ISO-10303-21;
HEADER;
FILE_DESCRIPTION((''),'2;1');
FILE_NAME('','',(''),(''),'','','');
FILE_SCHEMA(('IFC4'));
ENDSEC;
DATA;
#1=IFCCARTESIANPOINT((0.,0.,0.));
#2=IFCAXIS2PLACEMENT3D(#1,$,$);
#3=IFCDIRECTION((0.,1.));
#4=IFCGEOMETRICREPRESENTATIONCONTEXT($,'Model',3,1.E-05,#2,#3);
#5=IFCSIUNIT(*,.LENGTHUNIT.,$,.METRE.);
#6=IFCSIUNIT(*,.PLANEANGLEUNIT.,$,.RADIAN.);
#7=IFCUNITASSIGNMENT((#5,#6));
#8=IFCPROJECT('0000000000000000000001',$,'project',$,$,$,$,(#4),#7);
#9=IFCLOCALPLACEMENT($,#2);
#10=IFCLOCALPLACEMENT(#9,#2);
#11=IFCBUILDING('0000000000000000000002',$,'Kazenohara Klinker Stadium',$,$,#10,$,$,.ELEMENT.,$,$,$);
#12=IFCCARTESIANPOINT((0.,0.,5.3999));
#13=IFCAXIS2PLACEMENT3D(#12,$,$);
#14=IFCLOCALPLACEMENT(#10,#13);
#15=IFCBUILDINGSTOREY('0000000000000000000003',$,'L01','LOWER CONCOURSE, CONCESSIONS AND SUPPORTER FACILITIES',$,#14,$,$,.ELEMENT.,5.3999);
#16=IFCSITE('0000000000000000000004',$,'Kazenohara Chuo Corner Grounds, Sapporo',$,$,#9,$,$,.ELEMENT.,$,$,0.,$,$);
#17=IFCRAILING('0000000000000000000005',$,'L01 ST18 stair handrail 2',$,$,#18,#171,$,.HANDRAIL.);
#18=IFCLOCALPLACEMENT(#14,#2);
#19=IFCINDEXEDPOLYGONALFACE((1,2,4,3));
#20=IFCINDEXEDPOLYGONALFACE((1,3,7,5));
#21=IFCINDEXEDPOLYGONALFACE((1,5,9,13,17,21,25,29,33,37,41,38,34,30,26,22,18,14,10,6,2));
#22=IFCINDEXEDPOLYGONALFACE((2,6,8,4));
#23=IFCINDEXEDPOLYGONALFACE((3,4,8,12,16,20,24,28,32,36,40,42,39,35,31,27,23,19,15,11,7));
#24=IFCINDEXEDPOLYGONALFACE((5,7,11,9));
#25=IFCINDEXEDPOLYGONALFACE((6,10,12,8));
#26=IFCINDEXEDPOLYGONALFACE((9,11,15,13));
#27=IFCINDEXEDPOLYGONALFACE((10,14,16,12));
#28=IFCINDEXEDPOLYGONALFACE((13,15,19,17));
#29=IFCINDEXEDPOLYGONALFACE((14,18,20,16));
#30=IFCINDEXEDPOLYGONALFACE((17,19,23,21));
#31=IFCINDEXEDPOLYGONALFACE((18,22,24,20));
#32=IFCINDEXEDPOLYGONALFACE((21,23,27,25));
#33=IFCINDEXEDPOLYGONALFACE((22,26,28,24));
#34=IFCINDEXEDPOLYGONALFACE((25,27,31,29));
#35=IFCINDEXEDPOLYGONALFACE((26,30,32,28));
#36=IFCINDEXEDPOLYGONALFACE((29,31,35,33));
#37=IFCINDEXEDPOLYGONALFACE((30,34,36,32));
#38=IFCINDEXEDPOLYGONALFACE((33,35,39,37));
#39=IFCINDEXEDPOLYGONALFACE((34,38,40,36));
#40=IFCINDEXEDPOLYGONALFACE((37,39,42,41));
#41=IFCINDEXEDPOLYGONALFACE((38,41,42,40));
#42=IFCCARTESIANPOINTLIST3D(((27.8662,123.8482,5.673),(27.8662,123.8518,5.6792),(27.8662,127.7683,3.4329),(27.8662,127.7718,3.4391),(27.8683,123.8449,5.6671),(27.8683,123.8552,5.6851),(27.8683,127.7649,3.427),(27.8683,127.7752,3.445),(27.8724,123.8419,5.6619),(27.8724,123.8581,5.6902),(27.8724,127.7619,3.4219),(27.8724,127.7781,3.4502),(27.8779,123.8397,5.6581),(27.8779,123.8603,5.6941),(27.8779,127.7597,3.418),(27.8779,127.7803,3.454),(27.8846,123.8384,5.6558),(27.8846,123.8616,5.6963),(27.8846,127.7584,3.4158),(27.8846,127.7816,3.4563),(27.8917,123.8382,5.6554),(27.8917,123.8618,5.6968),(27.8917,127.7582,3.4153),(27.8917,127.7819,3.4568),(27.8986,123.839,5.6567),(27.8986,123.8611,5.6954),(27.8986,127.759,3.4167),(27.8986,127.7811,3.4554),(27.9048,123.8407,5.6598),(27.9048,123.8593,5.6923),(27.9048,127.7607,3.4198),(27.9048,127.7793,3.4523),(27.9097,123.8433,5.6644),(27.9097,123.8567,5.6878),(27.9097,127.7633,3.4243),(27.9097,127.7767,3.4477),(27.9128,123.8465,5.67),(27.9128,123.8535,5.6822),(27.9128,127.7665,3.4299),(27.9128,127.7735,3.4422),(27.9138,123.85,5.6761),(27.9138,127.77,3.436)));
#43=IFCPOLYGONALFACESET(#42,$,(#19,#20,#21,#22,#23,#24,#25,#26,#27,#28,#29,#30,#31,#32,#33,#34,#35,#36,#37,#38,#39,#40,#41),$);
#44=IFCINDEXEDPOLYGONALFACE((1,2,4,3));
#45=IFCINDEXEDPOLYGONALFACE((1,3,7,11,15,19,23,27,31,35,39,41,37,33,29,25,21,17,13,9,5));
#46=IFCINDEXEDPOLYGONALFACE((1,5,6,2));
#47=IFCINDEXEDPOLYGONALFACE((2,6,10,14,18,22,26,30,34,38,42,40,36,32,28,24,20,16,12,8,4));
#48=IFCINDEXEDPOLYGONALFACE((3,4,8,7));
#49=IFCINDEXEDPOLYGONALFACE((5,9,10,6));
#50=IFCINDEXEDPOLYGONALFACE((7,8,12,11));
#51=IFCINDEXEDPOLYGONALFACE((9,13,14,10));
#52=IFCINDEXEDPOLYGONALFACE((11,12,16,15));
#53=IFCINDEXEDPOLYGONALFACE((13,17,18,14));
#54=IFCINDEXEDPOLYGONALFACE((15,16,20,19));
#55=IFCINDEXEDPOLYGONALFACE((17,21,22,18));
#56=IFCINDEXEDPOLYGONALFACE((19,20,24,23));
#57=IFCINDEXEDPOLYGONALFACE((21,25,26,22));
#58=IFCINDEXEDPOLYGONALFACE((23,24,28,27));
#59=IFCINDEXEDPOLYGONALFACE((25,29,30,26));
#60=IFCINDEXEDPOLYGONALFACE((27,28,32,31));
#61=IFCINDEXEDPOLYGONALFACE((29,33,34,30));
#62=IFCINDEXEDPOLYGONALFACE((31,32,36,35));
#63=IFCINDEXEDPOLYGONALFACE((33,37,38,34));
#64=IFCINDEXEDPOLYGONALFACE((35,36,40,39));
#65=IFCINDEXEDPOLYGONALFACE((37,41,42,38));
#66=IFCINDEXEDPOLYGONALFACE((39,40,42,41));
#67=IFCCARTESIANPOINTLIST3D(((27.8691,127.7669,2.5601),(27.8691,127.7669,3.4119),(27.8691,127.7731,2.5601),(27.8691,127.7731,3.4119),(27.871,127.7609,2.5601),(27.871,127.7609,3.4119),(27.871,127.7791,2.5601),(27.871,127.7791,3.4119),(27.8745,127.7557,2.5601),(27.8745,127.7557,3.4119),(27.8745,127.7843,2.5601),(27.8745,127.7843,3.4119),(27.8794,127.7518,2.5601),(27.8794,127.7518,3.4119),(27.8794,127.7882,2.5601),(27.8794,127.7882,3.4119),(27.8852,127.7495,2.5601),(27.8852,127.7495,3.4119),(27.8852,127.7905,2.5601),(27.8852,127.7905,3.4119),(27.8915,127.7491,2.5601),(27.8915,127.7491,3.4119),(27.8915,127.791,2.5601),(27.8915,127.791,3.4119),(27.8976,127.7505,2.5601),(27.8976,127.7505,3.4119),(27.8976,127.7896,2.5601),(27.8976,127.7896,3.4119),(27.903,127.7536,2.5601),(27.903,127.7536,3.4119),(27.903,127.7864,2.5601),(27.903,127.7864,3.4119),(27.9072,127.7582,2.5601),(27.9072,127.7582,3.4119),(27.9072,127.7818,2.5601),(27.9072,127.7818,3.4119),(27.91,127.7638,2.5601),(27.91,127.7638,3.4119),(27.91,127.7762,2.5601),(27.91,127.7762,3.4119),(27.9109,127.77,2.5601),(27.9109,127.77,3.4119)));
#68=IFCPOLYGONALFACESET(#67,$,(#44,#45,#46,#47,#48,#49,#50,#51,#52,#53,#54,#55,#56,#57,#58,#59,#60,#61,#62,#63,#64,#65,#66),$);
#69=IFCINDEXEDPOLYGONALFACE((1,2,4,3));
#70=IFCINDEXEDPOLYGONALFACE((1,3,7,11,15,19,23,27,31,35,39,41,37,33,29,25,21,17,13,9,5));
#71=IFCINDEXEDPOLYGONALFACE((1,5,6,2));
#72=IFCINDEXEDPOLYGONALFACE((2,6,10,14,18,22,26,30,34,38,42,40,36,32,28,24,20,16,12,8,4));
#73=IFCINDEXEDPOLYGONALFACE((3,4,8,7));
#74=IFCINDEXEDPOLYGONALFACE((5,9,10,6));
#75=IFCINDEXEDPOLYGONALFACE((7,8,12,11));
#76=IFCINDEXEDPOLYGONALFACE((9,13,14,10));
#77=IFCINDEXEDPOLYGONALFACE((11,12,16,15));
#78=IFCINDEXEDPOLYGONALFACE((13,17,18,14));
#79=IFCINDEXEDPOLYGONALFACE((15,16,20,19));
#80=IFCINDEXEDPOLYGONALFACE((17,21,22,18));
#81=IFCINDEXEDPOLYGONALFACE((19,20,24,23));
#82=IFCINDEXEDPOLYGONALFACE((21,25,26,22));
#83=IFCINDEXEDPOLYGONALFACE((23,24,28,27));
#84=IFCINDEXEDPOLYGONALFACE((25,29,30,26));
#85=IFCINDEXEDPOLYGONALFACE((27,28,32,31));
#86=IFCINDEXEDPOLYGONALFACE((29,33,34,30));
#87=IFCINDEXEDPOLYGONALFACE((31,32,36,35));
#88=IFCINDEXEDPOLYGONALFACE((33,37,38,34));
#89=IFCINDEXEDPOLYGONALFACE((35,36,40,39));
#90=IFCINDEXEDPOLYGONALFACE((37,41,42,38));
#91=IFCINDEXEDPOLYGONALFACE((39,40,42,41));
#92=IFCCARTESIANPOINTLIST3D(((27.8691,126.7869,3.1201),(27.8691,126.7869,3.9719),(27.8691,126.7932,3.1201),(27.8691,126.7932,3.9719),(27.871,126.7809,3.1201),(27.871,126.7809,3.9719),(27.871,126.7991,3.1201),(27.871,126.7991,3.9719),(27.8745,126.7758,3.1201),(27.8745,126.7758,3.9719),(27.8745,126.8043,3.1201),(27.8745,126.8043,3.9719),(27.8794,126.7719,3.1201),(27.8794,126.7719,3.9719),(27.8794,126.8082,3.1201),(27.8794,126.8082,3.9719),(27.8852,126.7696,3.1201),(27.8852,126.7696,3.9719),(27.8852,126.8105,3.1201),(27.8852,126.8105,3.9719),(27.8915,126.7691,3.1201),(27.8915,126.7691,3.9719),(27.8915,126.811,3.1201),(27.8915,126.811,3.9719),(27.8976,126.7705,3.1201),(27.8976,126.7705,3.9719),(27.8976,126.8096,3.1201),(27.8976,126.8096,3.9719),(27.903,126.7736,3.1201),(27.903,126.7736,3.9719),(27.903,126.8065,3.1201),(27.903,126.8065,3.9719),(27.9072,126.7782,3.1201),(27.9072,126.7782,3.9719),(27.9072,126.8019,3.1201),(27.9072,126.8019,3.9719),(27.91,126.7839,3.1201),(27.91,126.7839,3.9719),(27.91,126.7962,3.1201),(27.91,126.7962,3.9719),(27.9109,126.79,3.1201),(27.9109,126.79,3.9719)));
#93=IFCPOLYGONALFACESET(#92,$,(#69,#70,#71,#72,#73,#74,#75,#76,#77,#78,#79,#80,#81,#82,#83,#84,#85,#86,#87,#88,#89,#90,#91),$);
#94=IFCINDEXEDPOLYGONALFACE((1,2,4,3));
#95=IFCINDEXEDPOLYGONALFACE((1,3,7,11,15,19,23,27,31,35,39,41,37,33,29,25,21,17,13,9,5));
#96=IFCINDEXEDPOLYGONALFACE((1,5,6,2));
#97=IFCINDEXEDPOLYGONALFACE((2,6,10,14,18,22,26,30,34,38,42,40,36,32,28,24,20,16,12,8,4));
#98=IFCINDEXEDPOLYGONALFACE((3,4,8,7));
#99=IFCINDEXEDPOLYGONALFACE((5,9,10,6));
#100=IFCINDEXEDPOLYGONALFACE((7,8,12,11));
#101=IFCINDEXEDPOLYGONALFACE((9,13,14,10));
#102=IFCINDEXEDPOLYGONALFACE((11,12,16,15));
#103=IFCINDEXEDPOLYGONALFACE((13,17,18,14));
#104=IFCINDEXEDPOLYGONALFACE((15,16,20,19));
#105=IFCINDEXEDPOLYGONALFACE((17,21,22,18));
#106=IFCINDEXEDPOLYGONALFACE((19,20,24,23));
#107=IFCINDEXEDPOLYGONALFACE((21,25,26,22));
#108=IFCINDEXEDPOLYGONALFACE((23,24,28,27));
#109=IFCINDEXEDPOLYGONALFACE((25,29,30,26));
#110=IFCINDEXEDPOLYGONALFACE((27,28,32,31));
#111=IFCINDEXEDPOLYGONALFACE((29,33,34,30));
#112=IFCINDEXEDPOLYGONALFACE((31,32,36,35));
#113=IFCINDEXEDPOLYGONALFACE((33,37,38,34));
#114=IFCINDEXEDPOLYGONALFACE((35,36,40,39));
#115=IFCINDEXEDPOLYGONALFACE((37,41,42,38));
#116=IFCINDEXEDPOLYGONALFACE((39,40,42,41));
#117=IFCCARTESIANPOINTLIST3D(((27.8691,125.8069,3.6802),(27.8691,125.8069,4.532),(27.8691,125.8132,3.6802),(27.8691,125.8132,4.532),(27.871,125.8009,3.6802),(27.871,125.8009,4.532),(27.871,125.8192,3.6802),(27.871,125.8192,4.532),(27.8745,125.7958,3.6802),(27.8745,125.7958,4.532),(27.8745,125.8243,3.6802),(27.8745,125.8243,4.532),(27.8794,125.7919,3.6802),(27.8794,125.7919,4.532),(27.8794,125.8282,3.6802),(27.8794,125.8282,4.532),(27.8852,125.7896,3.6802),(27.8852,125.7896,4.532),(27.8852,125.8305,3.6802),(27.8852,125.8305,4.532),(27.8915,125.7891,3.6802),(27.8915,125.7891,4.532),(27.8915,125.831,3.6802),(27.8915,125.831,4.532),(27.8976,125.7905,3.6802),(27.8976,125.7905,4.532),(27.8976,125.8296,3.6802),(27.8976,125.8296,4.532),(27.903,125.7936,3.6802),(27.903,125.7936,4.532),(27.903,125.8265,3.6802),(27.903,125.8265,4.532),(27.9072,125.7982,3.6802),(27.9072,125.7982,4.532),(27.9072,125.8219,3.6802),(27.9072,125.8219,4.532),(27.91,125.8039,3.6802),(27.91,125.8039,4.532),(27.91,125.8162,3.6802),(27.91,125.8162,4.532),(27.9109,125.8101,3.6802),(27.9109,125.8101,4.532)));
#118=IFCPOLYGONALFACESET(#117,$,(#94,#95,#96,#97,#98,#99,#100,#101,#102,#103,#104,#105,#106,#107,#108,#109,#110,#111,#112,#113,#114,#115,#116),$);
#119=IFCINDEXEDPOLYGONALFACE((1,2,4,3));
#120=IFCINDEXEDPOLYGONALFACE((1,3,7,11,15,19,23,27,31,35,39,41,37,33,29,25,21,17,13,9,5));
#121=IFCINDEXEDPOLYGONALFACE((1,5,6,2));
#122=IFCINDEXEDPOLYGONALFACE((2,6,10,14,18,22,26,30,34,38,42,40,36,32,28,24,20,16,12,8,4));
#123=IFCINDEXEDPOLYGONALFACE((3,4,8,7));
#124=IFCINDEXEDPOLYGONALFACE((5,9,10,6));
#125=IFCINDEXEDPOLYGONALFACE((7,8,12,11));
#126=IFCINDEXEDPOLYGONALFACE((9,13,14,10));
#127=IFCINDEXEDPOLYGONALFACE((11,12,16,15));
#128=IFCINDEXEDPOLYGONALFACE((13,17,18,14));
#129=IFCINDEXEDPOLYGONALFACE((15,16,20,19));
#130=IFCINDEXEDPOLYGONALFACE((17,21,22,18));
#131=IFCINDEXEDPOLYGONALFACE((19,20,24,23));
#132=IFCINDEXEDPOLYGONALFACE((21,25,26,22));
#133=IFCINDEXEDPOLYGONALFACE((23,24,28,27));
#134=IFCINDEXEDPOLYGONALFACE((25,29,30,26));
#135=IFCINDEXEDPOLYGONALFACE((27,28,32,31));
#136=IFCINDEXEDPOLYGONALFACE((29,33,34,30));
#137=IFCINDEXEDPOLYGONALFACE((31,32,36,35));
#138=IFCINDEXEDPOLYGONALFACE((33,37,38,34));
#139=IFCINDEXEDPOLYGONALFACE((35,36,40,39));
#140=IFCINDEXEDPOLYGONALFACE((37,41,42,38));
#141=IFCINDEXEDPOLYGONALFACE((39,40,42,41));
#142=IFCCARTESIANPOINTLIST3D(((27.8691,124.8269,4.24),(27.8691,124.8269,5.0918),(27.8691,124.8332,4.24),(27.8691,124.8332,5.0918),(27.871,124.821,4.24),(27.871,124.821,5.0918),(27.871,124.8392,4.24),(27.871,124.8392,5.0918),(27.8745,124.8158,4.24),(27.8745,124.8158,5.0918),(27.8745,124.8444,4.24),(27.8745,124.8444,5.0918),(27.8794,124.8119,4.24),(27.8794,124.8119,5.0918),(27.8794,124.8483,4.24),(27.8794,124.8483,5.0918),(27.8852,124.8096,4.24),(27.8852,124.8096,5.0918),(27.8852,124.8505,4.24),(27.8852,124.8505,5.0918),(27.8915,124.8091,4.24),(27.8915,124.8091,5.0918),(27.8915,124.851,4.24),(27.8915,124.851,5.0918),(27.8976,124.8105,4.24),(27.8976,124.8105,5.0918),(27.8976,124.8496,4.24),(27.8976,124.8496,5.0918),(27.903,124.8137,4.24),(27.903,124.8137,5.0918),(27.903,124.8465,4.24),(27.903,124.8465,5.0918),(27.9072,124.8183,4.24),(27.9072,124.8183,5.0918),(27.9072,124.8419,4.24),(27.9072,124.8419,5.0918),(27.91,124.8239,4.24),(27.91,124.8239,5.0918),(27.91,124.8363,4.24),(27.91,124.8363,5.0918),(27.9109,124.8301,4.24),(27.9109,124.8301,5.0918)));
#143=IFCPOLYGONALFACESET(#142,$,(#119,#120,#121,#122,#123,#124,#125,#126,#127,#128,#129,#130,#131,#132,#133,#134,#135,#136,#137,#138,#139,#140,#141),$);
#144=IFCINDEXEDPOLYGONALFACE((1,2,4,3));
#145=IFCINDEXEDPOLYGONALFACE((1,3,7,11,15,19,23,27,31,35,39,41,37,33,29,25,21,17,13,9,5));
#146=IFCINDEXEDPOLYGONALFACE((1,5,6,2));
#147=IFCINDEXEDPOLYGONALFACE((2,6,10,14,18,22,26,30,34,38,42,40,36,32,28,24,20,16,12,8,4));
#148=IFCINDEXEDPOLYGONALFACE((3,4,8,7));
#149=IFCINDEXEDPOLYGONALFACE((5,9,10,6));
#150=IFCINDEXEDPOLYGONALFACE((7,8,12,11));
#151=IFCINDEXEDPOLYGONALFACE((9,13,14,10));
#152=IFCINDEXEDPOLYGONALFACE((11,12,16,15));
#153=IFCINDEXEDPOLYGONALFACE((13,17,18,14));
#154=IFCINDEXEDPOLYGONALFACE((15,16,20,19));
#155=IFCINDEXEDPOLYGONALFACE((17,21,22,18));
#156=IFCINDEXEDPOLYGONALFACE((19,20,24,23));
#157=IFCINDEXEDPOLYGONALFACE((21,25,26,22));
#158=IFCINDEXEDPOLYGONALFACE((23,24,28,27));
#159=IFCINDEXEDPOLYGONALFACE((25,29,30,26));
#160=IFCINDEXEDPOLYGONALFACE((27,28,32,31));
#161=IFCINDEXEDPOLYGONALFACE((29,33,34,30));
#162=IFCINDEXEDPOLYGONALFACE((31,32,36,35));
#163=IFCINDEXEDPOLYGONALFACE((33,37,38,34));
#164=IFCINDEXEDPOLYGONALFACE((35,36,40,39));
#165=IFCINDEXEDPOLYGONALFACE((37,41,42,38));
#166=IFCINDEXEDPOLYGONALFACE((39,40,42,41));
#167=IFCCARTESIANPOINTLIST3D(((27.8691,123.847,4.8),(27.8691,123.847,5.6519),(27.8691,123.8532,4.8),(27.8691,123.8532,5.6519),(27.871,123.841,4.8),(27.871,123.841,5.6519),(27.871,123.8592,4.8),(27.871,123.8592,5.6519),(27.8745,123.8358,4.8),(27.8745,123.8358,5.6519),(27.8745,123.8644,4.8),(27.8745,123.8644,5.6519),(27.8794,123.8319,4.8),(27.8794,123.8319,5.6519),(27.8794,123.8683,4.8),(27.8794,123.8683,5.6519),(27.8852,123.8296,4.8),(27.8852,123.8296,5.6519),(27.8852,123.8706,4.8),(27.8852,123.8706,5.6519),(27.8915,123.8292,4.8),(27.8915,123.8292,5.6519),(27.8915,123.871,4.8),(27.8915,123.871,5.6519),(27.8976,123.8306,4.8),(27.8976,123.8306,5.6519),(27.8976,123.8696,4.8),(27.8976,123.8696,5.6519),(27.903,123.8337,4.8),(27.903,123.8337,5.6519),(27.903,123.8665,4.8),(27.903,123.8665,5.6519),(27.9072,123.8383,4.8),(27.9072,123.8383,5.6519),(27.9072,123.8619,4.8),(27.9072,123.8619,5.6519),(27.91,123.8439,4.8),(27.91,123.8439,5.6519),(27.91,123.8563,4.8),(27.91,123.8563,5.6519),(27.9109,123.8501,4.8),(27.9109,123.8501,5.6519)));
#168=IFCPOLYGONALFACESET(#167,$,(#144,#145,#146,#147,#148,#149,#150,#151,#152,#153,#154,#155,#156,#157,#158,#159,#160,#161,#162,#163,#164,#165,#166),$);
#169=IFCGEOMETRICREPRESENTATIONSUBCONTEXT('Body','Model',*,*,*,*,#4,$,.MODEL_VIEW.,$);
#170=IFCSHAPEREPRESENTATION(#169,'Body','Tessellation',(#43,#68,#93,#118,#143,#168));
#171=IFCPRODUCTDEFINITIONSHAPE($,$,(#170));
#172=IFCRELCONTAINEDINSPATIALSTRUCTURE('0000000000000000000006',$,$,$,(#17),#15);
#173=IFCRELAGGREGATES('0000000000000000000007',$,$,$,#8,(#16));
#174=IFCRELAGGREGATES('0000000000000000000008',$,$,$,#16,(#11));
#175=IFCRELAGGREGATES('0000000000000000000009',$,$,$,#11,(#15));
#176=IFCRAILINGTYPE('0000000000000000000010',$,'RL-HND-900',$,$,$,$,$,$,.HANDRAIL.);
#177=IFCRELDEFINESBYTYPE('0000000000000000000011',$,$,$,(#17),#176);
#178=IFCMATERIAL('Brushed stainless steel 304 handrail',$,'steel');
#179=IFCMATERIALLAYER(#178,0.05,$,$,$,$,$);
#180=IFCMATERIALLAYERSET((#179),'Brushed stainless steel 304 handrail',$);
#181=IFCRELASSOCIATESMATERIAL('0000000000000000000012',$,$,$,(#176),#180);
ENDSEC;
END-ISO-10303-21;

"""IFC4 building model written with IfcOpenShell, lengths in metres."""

from ifc_helpers import new_model, si_unit, direction, frame, origin, origin_2d, place, context, subcontext, project, spatial, circle, extrude, material, layer, layer_set, type_object, element, save


model = new_model("IFC4")

# Units and contexts
model_context = context("Model", 3, precision=1e-05, world=origin(), true_north=direction((0.0, 1.0)))
body_context = subcontext(model_context, "Body", "Model", "MODEL_VIEW")
ifc_project = project(units=[si_unit("LENGTHUNIT", "METRE"), si_unit("PLANEANGLEUNIT", "RADIAN")], contexts=[model_context])

# Site, building, storey
site_placement = place(None, origin())
site = spatial("IfcSite", under=ifc_project, at=site_placement, Name="Kazenohara Chuo Corner Grounds, Sapporo", CompositionType="ELEMENT", RefElevation=0.0)
building_placement = place(site_placement, origin())
building = spatial("IfcBuilding", under=site, at=building_placement, Name="Kazenohara Klinker Stadium", CompositionType="ELEMENT")
storey_placement = place(building_placement, frame((0.0, 0.0, 5.3999)))
storey = spatial("IfcBuildingStorey", under=building, at=storey_placement, Name="L01", Description="LOWER CONCOURSE, CONCESSIONS AND SUPPORTER FACILITIES", CompositionType="ELEMENT", Elevation=5.3999)

# Railing
ifc_material_1 = material(Name="Brushed stainless steel 304 handrail", Category="steel")
ifc_layer_1 = layer(ifc_material_1, 0.05)
ifc_layer_set_1 = layer_set([ifc_layer_1], Name="Brushed stainless steel 304 handrail")
railing_type_1 = type_object("IfcRailingType", Name="RL-HND-900", PredefinedType="HANDRAIL", material=ifc_layer_set_1)
railing_1_placement = place(storey_placement, frame((27.8899, 127.77, 2.5601)))
element("IfcRailing", 1, at=railing_1_placement, inside=storey, type_object=railing_type_1, Name="L01 ST18 stair handrail 2", PredefinedType="HANDRAIL", context=body_context, shape_type="SweptSolid", body=[
    extrude(circle(Radius=0.0239, at=origin_2d()), frame((0.0, 0.0, 0.876), z_axis=(0.0, -0.86824, 0.496145), x_axis=(1.0, 0.0, 0.0)), (0.0, 0.0, 1.0), 4.5149),
    extrude(circle(Radius=0.021, at=origin_2d()), origin(), (0.0, 0.0, 1.0), 0.8518),
    extrude(circle(Radius=0.021, at=origin_2d()), frame((0.0, -0.98, 0.5601)), (0.0, 0.0, 1.0), 0.8518),
    extrude(circle(Radius=0.021, at=origin_2d()), frame((0.0, -1.96, 1.1201)), (0.0, 0.0, 1.0), 0.8518),
    extrude(circle(Radius=0.021, at=origin_2d()), frame((0.0, -2.9399, 1.6799)), (0.0, 0.0, 1.0), 0.8518),
    extrude(circle(Radius=0.021, at=origin_2d()), frame((0.0, -3.9199, 2.24)), (0.0, 0.0, 1.0), 0.8518),
])

save(model, "model.ifc")
